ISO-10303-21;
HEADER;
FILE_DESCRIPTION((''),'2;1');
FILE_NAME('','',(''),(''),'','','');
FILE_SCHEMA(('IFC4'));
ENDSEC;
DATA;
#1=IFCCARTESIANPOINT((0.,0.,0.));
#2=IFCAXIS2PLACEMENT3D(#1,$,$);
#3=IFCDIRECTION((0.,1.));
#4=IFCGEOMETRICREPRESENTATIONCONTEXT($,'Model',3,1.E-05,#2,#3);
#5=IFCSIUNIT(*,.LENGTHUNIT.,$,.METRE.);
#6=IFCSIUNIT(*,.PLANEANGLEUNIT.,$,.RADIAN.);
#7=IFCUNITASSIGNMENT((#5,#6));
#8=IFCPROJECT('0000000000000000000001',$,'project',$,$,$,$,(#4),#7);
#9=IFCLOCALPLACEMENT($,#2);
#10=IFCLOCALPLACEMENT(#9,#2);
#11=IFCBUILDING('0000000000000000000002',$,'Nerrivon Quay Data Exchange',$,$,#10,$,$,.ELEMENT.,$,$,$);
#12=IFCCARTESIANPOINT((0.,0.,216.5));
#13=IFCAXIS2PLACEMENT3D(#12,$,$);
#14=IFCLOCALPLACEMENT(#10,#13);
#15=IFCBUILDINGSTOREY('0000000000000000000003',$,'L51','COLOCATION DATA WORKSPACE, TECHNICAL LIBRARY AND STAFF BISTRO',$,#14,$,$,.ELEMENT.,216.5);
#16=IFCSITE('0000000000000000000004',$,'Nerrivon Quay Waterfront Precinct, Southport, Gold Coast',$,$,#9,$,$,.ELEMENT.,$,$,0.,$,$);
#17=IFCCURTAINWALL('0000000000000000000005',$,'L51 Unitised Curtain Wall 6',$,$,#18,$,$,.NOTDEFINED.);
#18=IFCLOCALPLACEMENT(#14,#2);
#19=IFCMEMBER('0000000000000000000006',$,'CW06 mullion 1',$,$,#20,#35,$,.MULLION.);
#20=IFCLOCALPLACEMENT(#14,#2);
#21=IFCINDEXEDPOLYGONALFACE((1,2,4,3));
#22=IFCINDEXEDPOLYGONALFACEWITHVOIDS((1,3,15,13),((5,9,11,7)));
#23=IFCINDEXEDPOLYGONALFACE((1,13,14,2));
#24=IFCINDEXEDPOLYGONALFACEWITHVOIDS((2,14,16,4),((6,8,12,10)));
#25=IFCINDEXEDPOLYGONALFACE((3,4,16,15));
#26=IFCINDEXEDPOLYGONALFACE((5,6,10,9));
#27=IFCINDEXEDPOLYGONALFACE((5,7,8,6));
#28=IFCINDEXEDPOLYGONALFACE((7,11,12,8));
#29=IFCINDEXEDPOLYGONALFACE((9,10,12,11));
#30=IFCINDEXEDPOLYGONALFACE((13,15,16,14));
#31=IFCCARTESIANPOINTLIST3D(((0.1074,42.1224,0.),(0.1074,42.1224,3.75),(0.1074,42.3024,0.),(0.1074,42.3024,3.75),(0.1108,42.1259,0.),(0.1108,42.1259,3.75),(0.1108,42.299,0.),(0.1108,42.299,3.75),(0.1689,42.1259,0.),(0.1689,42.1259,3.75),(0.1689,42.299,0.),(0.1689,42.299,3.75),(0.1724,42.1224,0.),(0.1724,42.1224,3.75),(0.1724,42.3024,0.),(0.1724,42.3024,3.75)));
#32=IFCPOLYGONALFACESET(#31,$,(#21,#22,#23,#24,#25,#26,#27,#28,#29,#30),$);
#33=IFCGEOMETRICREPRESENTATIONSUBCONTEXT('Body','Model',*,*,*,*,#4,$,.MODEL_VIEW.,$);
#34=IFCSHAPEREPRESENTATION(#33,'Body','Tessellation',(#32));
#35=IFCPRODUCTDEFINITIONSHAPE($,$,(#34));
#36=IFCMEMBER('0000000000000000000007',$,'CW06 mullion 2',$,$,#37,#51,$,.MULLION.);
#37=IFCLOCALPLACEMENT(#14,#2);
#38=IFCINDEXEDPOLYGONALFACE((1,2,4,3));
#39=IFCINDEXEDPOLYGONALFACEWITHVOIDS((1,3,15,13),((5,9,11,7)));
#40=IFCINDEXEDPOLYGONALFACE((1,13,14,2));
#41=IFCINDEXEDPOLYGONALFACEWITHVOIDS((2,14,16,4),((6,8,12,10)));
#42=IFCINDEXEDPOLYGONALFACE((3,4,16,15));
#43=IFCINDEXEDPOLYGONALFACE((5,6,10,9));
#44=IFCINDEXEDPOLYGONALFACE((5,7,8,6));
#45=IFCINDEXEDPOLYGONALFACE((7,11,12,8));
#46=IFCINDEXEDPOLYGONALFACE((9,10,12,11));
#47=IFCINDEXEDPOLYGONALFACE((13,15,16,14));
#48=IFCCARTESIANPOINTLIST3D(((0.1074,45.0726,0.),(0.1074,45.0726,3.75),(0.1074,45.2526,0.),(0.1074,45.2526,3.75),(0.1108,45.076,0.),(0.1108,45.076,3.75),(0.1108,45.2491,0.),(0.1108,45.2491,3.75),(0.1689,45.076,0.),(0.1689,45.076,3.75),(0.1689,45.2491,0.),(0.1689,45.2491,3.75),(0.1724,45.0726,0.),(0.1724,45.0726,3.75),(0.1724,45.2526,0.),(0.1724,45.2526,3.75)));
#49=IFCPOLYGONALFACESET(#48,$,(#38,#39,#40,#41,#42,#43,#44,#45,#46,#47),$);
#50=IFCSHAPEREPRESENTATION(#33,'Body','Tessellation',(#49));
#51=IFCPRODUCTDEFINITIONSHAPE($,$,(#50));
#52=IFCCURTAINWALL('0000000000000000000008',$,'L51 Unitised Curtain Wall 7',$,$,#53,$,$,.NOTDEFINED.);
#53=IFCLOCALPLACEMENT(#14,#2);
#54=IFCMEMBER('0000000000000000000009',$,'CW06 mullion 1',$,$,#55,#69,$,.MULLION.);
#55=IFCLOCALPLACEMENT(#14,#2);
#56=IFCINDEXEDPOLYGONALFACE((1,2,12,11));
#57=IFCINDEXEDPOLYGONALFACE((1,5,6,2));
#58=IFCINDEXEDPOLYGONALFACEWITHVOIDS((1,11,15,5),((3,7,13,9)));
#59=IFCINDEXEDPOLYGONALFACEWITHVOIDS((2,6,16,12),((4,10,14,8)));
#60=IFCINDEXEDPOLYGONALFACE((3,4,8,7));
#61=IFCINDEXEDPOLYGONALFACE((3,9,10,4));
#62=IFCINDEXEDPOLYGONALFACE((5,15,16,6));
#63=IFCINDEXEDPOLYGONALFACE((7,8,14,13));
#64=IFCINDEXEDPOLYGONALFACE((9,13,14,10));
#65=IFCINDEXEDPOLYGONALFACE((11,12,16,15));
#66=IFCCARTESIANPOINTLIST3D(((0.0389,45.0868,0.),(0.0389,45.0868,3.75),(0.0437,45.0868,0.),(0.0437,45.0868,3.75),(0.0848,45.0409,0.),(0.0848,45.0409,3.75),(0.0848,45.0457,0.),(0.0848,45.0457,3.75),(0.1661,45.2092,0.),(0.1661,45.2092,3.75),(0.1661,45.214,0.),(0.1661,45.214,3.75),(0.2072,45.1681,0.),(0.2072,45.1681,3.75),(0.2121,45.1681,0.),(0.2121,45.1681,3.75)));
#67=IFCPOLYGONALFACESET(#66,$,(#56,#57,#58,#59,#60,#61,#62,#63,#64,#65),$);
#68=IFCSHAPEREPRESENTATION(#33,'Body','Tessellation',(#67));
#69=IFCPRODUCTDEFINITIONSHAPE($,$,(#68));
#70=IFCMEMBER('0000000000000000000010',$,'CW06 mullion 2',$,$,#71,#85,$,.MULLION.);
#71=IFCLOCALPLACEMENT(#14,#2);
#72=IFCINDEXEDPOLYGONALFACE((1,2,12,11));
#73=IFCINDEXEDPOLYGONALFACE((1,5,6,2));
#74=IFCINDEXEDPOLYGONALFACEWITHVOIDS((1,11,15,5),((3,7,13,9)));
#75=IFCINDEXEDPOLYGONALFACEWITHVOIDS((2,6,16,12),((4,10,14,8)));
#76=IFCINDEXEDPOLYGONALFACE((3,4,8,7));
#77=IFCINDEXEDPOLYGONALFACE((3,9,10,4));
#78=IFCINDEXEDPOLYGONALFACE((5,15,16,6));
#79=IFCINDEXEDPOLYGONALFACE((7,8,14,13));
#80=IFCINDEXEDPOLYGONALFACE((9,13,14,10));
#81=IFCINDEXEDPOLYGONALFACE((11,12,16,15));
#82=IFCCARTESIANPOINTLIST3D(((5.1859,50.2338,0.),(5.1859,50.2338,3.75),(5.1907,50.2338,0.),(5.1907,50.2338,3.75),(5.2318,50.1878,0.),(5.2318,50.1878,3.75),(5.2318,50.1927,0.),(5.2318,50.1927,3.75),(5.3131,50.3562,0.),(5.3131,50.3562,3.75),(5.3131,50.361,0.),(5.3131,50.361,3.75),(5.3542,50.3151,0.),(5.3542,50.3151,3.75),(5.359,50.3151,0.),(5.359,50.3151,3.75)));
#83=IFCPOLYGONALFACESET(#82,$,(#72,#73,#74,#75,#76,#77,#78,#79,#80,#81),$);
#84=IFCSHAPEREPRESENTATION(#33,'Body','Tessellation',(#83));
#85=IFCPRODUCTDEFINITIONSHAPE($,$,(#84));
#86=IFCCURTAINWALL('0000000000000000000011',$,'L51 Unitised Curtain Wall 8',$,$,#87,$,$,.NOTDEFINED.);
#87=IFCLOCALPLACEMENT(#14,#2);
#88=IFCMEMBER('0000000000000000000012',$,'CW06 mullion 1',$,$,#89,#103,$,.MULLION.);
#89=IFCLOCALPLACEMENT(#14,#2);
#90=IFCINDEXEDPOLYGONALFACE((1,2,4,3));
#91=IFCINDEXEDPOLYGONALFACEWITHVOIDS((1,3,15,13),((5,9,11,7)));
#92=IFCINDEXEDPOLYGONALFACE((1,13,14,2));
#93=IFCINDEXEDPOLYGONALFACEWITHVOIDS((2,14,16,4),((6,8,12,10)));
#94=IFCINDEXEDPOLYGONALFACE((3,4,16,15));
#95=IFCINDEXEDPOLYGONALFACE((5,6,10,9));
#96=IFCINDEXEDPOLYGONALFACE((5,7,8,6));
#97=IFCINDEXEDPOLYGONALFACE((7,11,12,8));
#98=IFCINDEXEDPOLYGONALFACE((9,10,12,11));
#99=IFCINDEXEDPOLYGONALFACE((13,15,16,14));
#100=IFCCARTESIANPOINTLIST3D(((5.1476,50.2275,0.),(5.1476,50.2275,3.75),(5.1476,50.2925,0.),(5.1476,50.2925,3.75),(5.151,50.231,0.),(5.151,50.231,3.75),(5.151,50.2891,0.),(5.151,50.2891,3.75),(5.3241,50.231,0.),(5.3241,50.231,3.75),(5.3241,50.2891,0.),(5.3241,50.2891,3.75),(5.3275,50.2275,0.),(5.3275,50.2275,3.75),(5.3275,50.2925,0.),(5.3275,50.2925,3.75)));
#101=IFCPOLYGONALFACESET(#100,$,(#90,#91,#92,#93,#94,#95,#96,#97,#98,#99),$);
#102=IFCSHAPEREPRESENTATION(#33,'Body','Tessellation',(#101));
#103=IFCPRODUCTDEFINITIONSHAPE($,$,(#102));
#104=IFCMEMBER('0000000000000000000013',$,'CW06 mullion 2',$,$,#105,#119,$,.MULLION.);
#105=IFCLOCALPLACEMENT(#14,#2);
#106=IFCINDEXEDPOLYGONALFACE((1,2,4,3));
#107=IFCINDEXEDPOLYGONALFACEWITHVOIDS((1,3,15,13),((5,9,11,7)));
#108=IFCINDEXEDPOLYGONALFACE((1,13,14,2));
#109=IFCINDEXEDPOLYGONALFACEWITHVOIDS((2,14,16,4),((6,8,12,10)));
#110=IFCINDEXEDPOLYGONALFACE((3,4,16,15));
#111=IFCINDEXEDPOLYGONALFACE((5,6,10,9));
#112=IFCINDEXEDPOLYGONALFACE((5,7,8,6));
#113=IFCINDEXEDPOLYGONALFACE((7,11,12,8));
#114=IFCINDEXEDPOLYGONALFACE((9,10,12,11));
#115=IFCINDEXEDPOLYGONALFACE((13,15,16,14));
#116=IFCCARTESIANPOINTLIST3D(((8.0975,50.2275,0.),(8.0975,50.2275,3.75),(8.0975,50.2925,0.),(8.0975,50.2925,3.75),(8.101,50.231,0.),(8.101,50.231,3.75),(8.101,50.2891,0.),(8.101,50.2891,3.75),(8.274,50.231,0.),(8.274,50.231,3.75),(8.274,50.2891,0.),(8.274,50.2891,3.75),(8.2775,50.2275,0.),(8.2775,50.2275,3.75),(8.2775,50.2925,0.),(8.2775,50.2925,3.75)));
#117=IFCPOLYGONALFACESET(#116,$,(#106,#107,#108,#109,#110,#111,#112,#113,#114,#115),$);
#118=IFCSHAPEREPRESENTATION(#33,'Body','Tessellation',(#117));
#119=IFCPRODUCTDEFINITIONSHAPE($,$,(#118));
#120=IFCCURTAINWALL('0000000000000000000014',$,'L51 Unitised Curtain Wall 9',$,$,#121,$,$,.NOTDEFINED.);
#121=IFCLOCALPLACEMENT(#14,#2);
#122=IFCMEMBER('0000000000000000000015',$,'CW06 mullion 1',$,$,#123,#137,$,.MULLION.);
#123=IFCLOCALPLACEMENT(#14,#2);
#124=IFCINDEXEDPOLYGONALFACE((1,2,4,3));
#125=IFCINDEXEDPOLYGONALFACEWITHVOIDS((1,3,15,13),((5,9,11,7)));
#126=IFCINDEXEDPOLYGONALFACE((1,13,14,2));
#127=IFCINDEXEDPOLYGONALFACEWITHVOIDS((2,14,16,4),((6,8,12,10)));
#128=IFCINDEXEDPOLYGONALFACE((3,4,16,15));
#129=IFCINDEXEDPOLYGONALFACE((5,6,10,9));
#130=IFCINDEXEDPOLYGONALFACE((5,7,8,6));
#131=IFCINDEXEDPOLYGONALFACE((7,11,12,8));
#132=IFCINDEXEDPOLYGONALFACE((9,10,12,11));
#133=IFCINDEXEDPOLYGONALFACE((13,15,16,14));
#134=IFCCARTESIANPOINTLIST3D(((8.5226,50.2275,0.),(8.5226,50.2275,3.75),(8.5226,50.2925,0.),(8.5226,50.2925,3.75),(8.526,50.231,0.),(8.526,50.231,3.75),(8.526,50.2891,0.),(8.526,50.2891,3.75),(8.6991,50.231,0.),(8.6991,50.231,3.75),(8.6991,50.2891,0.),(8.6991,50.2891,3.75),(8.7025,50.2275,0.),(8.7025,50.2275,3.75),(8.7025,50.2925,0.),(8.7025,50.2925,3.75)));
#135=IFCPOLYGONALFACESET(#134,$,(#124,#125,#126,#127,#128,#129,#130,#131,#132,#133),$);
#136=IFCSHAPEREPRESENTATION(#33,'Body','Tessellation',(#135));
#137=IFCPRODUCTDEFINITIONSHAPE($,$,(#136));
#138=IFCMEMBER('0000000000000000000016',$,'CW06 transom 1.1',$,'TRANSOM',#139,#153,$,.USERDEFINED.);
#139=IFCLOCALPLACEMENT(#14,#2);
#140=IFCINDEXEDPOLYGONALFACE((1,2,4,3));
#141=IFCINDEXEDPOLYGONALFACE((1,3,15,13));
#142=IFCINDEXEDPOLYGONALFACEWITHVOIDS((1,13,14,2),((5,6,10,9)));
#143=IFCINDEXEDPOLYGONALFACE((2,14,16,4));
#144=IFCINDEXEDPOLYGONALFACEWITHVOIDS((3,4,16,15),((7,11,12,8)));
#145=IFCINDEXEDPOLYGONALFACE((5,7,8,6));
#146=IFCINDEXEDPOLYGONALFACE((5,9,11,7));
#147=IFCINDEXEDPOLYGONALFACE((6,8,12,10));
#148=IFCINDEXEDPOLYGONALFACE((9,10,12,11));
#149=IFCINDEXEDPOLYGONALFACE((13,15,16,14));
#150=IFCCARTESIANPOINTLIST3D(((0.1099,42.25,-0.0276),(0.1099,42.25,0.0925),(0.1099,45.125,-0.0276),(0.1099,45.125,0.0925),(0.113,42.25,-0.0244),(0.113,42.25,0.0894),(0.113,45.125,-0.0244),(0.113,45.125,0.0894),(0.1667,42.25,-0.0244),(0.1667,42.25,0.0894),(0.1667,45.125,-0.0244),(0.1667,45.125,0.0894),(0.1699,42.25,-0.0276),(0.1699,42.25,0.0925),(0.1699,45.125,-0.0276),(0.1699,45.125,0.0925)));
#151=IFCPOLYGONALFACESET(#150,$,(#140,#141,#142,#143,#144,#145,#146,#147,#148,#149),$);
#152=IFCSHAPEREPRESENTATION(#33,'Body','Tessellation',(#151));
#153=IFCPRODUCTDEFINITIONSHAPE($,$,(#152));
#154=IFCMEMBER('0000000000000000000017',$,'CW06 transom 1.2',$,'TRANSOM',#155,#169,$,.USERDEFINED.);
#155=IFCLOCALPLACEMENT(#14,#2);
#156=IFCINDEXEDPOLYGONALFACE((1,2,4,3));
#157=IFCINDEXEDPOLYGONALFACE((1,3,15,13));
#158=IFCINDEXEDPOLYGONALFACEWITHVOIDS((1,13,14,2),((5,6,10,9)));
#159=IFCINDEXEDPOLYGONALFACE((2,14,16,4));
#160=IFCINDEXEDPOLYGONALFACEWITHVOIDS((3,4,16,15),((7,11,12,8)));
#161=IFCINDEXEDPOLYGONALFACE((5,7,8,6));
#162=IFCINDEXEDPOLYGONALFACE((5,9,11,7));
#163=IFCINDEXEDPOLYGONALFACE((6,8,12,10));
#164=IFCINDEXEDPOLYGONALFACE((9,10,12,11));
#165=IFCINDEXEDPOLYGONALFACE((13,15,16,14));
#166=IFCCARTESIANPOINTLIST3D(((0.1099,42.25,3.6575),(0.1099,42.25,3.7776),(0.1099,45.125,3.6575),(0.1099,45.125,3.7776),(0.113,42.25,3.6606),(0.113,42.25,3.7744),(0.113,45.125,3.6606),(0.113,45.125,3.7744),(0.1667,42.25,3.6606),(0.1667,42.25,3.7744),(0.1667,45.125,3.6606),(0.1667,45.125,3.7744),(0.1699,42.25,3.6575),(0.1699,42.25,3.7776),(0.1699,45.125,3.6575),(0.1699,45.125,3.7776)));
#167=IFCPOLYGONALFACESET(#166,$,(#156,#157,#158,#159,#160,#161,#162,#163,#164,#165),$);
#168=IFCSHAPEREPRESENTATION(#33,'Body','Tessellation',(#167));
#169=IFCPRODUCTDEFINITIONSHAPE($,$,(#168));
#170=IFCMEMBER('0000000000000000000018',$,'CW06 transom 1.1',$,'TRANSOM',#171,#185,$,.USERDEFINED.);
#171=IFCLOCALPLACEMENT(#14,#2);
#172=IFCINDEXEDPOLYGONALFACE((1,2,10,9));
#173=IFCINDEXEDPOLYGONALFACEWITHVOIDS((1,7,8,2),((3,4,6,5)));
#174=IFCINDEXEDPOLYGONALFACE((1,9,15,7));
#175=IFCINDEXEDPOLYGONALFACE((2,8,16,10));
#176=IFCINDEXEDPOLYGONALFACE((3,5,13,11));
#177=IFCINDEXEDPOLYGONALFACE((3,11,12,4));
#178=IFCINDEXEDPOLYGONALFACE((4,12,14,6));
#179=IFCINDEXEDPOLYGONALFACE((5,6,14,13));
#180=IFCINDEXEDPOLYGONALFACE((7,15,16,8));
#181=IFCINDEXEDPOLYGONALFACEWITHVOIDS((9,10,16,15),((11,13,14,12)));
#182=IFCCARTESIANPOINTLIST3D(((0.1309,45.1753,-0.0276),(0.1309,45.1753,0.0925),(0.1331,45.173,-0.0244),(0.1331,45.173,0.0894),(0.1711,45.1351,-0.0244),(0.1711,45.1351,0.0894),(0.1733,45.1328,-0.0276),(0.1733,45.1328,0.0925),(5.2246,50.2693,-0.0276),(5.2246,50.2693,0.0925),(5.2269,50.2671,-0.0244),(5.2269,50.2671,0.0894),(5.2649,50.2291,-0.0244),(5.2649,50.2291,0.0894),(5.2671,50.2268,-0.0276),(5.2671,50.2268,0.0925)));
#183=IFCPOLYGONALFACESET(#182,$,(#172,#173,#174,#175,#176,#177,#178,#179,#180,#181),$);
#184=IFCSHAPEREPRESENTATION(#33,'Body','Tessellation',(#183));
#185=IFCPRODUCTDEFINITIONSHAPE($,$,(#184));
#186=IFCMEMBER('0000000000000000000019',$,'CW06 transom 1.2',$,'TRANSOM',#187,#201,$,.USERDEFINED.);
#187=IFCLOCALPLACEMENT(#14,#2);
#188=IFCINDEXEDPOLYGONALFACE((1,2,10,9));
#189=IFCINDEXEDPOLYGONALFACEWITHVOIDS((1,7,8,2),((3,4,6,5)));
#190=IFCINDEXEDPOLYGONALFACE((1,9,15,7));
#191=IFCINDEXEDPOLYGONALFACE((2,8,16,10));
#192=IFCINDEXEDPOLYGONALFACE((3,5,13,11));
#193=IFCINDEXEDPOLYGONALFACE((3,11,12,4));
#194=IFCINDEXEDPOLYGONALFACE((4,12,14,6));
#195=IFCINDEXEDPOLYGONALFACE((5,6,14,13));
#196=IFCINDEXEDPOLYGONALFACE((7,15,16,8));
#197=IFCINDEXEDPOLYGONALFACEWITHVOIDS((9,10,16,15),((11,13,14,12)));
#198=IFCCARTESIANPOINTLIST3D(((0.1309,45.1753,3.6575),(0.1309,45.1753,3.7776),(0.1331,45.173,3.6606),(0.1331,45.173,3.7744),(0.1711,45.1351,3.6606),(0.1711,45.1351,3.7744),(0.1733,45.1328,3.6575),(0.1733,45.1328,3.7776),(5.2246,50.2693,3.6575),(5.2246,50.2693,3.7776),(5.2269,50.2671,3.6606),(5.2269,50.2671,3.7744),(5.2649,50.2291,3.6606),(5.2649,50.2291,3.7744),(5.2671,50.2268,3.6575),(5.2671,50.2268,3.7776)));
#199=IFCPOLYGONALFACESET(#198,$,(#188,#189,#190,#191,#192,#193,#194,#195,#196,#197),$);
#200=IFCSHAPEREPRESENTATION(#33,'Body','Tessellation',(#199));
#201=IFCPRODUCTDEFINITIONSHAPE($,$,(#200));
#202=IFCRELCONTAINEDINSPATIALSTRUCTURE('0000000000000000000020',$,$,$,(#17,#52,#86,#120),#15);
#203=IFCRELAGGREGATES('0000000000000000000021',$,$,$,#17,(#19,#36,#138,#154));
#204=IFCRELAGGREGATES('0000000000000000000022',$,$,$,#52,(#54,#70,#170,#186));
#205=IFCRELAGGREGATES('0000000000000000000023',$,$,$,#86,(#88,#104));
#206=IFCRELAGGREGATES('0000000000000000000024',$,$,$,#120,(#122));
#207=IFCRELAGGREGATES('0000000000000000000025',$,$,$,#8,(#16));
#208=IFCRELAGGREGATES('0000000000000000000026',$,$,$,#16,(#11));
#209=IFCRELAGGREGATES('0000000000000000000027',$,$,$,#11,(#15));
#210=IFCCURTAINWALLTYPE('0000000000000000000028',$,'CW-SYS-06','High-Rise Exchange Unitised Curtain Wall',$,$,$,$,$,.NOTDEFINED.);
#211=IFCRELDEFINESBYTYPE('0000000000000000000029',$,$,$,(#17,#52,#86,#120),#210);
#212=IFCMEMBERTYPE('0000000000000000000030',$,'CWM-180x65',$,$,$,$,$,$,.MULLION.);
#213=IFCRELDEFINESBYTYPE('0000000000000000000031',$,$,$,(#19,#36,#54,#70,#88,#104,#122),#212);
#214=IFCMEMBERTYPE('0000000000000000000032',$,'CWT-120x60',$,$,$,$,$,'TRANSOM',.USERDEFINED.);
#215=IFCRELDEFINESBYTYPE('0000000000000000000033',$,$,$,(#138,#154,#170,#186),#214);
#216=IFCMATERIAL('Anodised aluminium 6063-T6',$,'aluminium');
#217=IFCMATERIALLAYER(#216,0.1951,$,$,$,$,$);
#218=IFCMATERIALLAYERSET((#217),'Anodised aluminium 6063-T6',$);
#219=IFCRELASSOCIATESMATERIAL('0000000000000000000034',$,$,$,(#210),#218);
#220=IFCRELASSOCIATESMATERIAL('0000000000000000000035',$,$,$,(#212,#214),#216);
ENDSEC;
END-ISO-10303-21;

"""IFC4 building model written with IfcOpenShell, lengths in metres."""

from ifc_helpers import new_model, si_unit, direction, frame, origin, origin_2d, place, context, subcontext, project, spatial, hollow_rectangle, extrude, material, layer, layer_set, material_profile, profile_set, type_object, element, aggregate, save


model = new_model("IFC4")

# Units and contexts
model_context = context("Model", 3, precision=1e-05, world=origin(), true_north=direction((0.0, 1.0)))
body_context = subcontext(model_context, "Body", "Model", "MODEL_VIEW")
ifc_project = project(units=[si_unit("LENGTHUNIT", "METRE"), si_unit("PLANEANGLEUNIT", "RADIAN")], contexts=[model_context])

# Site, building, storey
site_placement = place(None, origin())
site = spatial("IfcSite", under=ifc_project, at=site_placement, Name="Nerrivon Quay Waterfront Precinct, Southport, Gold Coast", CompositionType="ELEMENT", RefElevation=0.0)
building_placement = place(site_placement, origin())
building = spatial("IfcBuilding", under=site, at=building_placement, Name="Nerrivon Quay Data Exchange", CompositionType="ELEMENT")
storey_placement = place(building_placement, frame((0.0, 0.0, 216.5)))
storey = spatial("IfcBuildingStorey", under=building, at=storey_placement, Name="L51", Description="COLOCATION DATA WORKSPACE, TECHNICAL LIBRARY AND STAFF BISTRO", CompositionType="ELEMENT", Elevation=216.5)

# Curtain walls, members
ifc_material_1 = material(Name="Anodised aluminium 6063-T6", Category="aluminium")
ifc_layer_1 = layer(ifc_material_1, 0.1951)
ifc_layer_set_1 = layer_set([ifc_layer_1], Name="Anodised aluminium 6063-T6")
curtain_wall_type = type_object("IfcCurtainWallType", Name="CW-SYS-06", Description="High-Rise Exchange Unitised Curtain Wall", PredefinedType="NOTDEFINED", material=ifc_layer_set_1)
curtain_wall_1_placement = place(storey_placement, origin())
curtain_wall_1 = element("IfcCurtainWall", 1, at=curtain_wall_1_placement, inside=storey, type_object=curtain_wall_type, Name="L51 Unitised Curtain Wall 6", PredefinedType="NOTDEFINED")
ifc_material_profile_1 = material_profile(ifc_material_1, hollow_rectangle(XDim=0.0649, YDim=0.1799, WallThickness=0.0034, at=origin_2d()), Name="ALU-MULL-180x65")
ifc_profile_set_1 = profile_set([ifc_material_profile_1], Name="Anodised aluminium 6063-T6")
member_type_1 = type_object("IfcMemberType", Name="CWM-180x65", PredefinedType="MULLION", material=ifc_profile_set_1)
member_1_placement = place(storey_placement, frame((0.1399, 42.2124, 0.0), z_axis=(0.0, 0.0, 1.0), x_axis=(-1.0, 0.0, 0.0)))
member_1 = element("IfcMember", 2, at=member_1_placement, type_object=member_type_1, Name="CW06 mullion 1", PredefinedType="MULLION", context=body_context, shape_type="SweptSolid", body=[
    extrude(hollow_rectangle(XDim=0.0649, YDim=0.1799, WallThickness=0.0034, at=origin_2d()), origin(), (0.0, 0.0, 1.0), 3.75),
])
member_2_placement = place(storey_placement, frame((0.1399, 45.1626, 0.0), z_axis=(0.0, 0.0, 1.0), x_axis=(-1.0, 0.0, 0.0)))
member_2 = element("IfcMember", 3, at=member_2_placement, type_object=member_type_1, Name="CW06 mullion 2", PredefinedType="MULLION", context=body_context, shape_type="SweptSolid", body=[
    extrude(hollow_rectangle(XDim=0.0649, YDim=0.1799, WallThickness=0.0034, at=origin_2d()), origin(), (0.0, 0.0, 1.0), 3.75),
])
curtain_wall_2_placement = place(storey_placement, origin())
curtain_wall_2 = element("IfcCurtainWall", 4, at=curtain_wall_2_placement, inside=storey, type_object=curtain_wall_type, Name="L51 Unitised Curtain Wall 7", PredefinedType="NOTDEFINED")
member_3_placement = place(storey_placement, frame((0.1255, 45.1274, 0.0), z_axis=(0.0, 0.0, 1.0), x_axis=(-0.707107, 0.707107, 0.0)))
member_3 = element("IfcMember", 5, at=member_3_placement, type_object=member_type_1, Name="CW06 mullion 1", PredefinedType="MULLION", context=body_context, shape_type="SweptSolid", body=[
    extrude(hollow_rectangle(XDim=0.0649, YDim=0.1799, WallThickness=0.0034, at=origin_2d()), origin(), (0.0, 0.0, 1.0), 3.75),
])
member_4_placement = place(storey_placement, frame((5.2725, 50.2744, 0.0), z_axis=(0.0, 0.0, 1.0), x_axis=(-0.707107, 0.707107, 0.0)))
member_4 = element("IfcMember", 6, at=member_4_placement, type_object=member_type_1, Name="CW06 mullion 2", PredefinedType="MULLION", context=body_context, shape_type="SweptSolid", body=[
    extrude(hollow_rectangle(XDim=0.0649, YDim=0.1799, WallThickness=0.0034, at=origin_2d()), origin(), (0.0, 0.0, 1.0), 3.75),
])
curtain_wall_3_placement = place(storey_placement, origin())
curtain_wall_3 = element("IfcCurtainWall", 7, at=curtain_wall_3_placement, inside=storey, type_object=curtain_wall_type, Name="L51 Unitised Curtain Wall 8", PredefinedType="NOTDEFINED")
member_5_placement = place(storey_placement, frame((5.2375, 50.26, 0.0), z_axis=(0.0, 0.0, 1.0), x_axis=(0.0, 1.0, 0.0)))
member_5 = element("IfcMember", 8, at=member_5_placement, type_object=member_type_1, Name="CW06 mullion 1", PredefinedType="MULLION", context=body_context, shape_type="SweptSolid", body=[
    extrude(hollow_rectangle(XDim=0.0649, YDim=0.1799, WallThickness=0.0034, at=origin_2d()), origin(), (0.0, 0.0, 1.0), 3.75),
])
member_6_placement = place(storey_placement, frame((8.1875, 50.26, 0.0), z_axis=(0.0, 0.0, 1.0), x_axis=(0.0, 1.0, 0.0)))
member_6 = element("IfcMember", 9, at=member_6_placement, type_object=member_type_1, Name="CW06 mullion 2", PredefinedType="MULLION", context=body_context, shape_type="SweptSolid", body=[
    extrude(hollow_rectangle(XDim=0.0649, YDim=0.1799, WallThickness=0.0034, at=origin_2d()), origin(), (0.0, 0.0, 1.0), 3.75),
])

# Curtain wall, member
curtain_wall_4_placement = place(storey_placement, origin())
curtain_wall_4 = element("IfcCurtainWall", 10, at=curtain_wall_4_placement, inside=storey, type_object=curtain_wall_type, Name="L51 Unitised Curtain Wall 9", PredefinedType="NOTDEFINED")
member_7_placement = place(storey_placement, frame((8.6125, 50.26, 0.0), z_axis=(0.0, 0.0, 1.0), x_axis=(0.0, 1.0, 0.0)))
member_7 = element("IfcMember", 11, at=member_7_placement, type_object=member_type_1, Name="CW06 mullion 1", PredefinedType="MULLION", context=body_context, shape_type="SweptSolid", body=[
    extrude(hollow_rectangle(XDim=0.0649, YDim=0.1799, WallThickness=0.0034, at=origin_2d()), origin(), (0.0, 0.0, 1.0), 3.75),
])

# Members
ifc_material_profile_2 = material_profile(ifc_material_1, hollow_rectangle(XDim=0.0601, YDim=0.1201, WallThickness=0.0032, at=origin_2d()), Name="ALU-TRAN-120x60")
ifc_profile_set_2 = profile_set([ifc_material_profile_2], Name="Anodised aluminium 6063-T6")
member_type_2 = type_object("IfcMemberType", Name="CWT-120x60", ElementType="TRANSOM", PredefinedType="USERDEFINED", material=ifc_profile_set_2)
member_8_placement = place(storey_placement, frame((0.1399, 42.25, 0.0325), z_axis=(0.0, 1.0, 0.0), x_axis=(-1.0, 0.0, 0.0)))
member_8 = element("IfcMember", 12, at=member_8_placement, type_object=member_type_2, Name="CW06 transom 1.1", ObjectType="TRANSOM", PredefinedType="USERDEFINED", context=body_context, shape_type="SweptSolid", body=[
    extrude(hollow_rectangle(XDim=0.0601, YDim=0.1201, WallThickness=0.0032, at=origin_2d()), origin(), (0.0, 0.0, 1.0), 2.875),
])
member_9_placement = place(storey_placement, frame((0.1399, 42.25, 3.7175), z_axis=(0.0, 1.0, 0.0), x_axis=(-1.0, 0.0, 0.0)))
member_9 = element("IfcMember", 13, at=member_9_placement, type_object=member_type_2, Name="CW06 transom 1.2", ObjectType="TRANSOM", PredefinedType="USERDEFINED", context=body_context, shape_type="SweptSolid", body=[
    extrude(hollow_rectangle(XDim=0.0601, YDim=0.1201, WallThickness=0.0032, at=origin_2d()), origin(), (0.0, 0.0, 1.0), 2.875),
])
member_10_placement = place(storey_placement, frame((0.1521, 45.1541, 0.0325), z_axis=(0.70709, 0.707124, 0.0), x_axis=(-0.707124, 0.70709, 0.0)))
member_10 = element("IfcMember", 14, at=member_10_placement, type_object=member_type_2, Name="CW06 transom 1.1", ObjectType="TRANSOM", PredefinedType="USERDEFINED", context=body_context, shape_type="SweptSolid", body=[
    extrude(hollow_rectangle(XDim=0.0601, YDim=0.1201, WallThickness=0.0032, at=origin_2d()), origin(), (0.0, 0.0, 1.0), 7.2039),
])
member_11_placement = place(storey_placement, frame((0.1521, 45.1541, 3.7175), z_axis=(0.70709, 0.707124, 0.0), x_axis=(-0.707124, 0.70709, 0.0)))
member_11 = element("IfcMember", 15, at=member_11_placement, type_object=member_type_2, Name="CW06 transom 1.2", ObjectType="TRANSOM", PredefinedType="USERDEFINED", context=body_context, shape_type="SweptSolid", body=[
    extrude(hollow_rectangle(XDim=0.0601, YDim=0.1201, WallThickness=0.0032, at=origin_2d()), origin(), (0.0, 0.0, 1.0), 7.2039),
])

aggregate(curtain_wall_1, [member_1, member_2, member_8, member_9])
aggregate(curtain_wall_2, [member_3, member_4, member_10, member_11])
aggregate(curtain_wall_3, [member_5, member_6])
aggregate(curtain_wall_4, [member_7])

save(model, "model.ifc")
